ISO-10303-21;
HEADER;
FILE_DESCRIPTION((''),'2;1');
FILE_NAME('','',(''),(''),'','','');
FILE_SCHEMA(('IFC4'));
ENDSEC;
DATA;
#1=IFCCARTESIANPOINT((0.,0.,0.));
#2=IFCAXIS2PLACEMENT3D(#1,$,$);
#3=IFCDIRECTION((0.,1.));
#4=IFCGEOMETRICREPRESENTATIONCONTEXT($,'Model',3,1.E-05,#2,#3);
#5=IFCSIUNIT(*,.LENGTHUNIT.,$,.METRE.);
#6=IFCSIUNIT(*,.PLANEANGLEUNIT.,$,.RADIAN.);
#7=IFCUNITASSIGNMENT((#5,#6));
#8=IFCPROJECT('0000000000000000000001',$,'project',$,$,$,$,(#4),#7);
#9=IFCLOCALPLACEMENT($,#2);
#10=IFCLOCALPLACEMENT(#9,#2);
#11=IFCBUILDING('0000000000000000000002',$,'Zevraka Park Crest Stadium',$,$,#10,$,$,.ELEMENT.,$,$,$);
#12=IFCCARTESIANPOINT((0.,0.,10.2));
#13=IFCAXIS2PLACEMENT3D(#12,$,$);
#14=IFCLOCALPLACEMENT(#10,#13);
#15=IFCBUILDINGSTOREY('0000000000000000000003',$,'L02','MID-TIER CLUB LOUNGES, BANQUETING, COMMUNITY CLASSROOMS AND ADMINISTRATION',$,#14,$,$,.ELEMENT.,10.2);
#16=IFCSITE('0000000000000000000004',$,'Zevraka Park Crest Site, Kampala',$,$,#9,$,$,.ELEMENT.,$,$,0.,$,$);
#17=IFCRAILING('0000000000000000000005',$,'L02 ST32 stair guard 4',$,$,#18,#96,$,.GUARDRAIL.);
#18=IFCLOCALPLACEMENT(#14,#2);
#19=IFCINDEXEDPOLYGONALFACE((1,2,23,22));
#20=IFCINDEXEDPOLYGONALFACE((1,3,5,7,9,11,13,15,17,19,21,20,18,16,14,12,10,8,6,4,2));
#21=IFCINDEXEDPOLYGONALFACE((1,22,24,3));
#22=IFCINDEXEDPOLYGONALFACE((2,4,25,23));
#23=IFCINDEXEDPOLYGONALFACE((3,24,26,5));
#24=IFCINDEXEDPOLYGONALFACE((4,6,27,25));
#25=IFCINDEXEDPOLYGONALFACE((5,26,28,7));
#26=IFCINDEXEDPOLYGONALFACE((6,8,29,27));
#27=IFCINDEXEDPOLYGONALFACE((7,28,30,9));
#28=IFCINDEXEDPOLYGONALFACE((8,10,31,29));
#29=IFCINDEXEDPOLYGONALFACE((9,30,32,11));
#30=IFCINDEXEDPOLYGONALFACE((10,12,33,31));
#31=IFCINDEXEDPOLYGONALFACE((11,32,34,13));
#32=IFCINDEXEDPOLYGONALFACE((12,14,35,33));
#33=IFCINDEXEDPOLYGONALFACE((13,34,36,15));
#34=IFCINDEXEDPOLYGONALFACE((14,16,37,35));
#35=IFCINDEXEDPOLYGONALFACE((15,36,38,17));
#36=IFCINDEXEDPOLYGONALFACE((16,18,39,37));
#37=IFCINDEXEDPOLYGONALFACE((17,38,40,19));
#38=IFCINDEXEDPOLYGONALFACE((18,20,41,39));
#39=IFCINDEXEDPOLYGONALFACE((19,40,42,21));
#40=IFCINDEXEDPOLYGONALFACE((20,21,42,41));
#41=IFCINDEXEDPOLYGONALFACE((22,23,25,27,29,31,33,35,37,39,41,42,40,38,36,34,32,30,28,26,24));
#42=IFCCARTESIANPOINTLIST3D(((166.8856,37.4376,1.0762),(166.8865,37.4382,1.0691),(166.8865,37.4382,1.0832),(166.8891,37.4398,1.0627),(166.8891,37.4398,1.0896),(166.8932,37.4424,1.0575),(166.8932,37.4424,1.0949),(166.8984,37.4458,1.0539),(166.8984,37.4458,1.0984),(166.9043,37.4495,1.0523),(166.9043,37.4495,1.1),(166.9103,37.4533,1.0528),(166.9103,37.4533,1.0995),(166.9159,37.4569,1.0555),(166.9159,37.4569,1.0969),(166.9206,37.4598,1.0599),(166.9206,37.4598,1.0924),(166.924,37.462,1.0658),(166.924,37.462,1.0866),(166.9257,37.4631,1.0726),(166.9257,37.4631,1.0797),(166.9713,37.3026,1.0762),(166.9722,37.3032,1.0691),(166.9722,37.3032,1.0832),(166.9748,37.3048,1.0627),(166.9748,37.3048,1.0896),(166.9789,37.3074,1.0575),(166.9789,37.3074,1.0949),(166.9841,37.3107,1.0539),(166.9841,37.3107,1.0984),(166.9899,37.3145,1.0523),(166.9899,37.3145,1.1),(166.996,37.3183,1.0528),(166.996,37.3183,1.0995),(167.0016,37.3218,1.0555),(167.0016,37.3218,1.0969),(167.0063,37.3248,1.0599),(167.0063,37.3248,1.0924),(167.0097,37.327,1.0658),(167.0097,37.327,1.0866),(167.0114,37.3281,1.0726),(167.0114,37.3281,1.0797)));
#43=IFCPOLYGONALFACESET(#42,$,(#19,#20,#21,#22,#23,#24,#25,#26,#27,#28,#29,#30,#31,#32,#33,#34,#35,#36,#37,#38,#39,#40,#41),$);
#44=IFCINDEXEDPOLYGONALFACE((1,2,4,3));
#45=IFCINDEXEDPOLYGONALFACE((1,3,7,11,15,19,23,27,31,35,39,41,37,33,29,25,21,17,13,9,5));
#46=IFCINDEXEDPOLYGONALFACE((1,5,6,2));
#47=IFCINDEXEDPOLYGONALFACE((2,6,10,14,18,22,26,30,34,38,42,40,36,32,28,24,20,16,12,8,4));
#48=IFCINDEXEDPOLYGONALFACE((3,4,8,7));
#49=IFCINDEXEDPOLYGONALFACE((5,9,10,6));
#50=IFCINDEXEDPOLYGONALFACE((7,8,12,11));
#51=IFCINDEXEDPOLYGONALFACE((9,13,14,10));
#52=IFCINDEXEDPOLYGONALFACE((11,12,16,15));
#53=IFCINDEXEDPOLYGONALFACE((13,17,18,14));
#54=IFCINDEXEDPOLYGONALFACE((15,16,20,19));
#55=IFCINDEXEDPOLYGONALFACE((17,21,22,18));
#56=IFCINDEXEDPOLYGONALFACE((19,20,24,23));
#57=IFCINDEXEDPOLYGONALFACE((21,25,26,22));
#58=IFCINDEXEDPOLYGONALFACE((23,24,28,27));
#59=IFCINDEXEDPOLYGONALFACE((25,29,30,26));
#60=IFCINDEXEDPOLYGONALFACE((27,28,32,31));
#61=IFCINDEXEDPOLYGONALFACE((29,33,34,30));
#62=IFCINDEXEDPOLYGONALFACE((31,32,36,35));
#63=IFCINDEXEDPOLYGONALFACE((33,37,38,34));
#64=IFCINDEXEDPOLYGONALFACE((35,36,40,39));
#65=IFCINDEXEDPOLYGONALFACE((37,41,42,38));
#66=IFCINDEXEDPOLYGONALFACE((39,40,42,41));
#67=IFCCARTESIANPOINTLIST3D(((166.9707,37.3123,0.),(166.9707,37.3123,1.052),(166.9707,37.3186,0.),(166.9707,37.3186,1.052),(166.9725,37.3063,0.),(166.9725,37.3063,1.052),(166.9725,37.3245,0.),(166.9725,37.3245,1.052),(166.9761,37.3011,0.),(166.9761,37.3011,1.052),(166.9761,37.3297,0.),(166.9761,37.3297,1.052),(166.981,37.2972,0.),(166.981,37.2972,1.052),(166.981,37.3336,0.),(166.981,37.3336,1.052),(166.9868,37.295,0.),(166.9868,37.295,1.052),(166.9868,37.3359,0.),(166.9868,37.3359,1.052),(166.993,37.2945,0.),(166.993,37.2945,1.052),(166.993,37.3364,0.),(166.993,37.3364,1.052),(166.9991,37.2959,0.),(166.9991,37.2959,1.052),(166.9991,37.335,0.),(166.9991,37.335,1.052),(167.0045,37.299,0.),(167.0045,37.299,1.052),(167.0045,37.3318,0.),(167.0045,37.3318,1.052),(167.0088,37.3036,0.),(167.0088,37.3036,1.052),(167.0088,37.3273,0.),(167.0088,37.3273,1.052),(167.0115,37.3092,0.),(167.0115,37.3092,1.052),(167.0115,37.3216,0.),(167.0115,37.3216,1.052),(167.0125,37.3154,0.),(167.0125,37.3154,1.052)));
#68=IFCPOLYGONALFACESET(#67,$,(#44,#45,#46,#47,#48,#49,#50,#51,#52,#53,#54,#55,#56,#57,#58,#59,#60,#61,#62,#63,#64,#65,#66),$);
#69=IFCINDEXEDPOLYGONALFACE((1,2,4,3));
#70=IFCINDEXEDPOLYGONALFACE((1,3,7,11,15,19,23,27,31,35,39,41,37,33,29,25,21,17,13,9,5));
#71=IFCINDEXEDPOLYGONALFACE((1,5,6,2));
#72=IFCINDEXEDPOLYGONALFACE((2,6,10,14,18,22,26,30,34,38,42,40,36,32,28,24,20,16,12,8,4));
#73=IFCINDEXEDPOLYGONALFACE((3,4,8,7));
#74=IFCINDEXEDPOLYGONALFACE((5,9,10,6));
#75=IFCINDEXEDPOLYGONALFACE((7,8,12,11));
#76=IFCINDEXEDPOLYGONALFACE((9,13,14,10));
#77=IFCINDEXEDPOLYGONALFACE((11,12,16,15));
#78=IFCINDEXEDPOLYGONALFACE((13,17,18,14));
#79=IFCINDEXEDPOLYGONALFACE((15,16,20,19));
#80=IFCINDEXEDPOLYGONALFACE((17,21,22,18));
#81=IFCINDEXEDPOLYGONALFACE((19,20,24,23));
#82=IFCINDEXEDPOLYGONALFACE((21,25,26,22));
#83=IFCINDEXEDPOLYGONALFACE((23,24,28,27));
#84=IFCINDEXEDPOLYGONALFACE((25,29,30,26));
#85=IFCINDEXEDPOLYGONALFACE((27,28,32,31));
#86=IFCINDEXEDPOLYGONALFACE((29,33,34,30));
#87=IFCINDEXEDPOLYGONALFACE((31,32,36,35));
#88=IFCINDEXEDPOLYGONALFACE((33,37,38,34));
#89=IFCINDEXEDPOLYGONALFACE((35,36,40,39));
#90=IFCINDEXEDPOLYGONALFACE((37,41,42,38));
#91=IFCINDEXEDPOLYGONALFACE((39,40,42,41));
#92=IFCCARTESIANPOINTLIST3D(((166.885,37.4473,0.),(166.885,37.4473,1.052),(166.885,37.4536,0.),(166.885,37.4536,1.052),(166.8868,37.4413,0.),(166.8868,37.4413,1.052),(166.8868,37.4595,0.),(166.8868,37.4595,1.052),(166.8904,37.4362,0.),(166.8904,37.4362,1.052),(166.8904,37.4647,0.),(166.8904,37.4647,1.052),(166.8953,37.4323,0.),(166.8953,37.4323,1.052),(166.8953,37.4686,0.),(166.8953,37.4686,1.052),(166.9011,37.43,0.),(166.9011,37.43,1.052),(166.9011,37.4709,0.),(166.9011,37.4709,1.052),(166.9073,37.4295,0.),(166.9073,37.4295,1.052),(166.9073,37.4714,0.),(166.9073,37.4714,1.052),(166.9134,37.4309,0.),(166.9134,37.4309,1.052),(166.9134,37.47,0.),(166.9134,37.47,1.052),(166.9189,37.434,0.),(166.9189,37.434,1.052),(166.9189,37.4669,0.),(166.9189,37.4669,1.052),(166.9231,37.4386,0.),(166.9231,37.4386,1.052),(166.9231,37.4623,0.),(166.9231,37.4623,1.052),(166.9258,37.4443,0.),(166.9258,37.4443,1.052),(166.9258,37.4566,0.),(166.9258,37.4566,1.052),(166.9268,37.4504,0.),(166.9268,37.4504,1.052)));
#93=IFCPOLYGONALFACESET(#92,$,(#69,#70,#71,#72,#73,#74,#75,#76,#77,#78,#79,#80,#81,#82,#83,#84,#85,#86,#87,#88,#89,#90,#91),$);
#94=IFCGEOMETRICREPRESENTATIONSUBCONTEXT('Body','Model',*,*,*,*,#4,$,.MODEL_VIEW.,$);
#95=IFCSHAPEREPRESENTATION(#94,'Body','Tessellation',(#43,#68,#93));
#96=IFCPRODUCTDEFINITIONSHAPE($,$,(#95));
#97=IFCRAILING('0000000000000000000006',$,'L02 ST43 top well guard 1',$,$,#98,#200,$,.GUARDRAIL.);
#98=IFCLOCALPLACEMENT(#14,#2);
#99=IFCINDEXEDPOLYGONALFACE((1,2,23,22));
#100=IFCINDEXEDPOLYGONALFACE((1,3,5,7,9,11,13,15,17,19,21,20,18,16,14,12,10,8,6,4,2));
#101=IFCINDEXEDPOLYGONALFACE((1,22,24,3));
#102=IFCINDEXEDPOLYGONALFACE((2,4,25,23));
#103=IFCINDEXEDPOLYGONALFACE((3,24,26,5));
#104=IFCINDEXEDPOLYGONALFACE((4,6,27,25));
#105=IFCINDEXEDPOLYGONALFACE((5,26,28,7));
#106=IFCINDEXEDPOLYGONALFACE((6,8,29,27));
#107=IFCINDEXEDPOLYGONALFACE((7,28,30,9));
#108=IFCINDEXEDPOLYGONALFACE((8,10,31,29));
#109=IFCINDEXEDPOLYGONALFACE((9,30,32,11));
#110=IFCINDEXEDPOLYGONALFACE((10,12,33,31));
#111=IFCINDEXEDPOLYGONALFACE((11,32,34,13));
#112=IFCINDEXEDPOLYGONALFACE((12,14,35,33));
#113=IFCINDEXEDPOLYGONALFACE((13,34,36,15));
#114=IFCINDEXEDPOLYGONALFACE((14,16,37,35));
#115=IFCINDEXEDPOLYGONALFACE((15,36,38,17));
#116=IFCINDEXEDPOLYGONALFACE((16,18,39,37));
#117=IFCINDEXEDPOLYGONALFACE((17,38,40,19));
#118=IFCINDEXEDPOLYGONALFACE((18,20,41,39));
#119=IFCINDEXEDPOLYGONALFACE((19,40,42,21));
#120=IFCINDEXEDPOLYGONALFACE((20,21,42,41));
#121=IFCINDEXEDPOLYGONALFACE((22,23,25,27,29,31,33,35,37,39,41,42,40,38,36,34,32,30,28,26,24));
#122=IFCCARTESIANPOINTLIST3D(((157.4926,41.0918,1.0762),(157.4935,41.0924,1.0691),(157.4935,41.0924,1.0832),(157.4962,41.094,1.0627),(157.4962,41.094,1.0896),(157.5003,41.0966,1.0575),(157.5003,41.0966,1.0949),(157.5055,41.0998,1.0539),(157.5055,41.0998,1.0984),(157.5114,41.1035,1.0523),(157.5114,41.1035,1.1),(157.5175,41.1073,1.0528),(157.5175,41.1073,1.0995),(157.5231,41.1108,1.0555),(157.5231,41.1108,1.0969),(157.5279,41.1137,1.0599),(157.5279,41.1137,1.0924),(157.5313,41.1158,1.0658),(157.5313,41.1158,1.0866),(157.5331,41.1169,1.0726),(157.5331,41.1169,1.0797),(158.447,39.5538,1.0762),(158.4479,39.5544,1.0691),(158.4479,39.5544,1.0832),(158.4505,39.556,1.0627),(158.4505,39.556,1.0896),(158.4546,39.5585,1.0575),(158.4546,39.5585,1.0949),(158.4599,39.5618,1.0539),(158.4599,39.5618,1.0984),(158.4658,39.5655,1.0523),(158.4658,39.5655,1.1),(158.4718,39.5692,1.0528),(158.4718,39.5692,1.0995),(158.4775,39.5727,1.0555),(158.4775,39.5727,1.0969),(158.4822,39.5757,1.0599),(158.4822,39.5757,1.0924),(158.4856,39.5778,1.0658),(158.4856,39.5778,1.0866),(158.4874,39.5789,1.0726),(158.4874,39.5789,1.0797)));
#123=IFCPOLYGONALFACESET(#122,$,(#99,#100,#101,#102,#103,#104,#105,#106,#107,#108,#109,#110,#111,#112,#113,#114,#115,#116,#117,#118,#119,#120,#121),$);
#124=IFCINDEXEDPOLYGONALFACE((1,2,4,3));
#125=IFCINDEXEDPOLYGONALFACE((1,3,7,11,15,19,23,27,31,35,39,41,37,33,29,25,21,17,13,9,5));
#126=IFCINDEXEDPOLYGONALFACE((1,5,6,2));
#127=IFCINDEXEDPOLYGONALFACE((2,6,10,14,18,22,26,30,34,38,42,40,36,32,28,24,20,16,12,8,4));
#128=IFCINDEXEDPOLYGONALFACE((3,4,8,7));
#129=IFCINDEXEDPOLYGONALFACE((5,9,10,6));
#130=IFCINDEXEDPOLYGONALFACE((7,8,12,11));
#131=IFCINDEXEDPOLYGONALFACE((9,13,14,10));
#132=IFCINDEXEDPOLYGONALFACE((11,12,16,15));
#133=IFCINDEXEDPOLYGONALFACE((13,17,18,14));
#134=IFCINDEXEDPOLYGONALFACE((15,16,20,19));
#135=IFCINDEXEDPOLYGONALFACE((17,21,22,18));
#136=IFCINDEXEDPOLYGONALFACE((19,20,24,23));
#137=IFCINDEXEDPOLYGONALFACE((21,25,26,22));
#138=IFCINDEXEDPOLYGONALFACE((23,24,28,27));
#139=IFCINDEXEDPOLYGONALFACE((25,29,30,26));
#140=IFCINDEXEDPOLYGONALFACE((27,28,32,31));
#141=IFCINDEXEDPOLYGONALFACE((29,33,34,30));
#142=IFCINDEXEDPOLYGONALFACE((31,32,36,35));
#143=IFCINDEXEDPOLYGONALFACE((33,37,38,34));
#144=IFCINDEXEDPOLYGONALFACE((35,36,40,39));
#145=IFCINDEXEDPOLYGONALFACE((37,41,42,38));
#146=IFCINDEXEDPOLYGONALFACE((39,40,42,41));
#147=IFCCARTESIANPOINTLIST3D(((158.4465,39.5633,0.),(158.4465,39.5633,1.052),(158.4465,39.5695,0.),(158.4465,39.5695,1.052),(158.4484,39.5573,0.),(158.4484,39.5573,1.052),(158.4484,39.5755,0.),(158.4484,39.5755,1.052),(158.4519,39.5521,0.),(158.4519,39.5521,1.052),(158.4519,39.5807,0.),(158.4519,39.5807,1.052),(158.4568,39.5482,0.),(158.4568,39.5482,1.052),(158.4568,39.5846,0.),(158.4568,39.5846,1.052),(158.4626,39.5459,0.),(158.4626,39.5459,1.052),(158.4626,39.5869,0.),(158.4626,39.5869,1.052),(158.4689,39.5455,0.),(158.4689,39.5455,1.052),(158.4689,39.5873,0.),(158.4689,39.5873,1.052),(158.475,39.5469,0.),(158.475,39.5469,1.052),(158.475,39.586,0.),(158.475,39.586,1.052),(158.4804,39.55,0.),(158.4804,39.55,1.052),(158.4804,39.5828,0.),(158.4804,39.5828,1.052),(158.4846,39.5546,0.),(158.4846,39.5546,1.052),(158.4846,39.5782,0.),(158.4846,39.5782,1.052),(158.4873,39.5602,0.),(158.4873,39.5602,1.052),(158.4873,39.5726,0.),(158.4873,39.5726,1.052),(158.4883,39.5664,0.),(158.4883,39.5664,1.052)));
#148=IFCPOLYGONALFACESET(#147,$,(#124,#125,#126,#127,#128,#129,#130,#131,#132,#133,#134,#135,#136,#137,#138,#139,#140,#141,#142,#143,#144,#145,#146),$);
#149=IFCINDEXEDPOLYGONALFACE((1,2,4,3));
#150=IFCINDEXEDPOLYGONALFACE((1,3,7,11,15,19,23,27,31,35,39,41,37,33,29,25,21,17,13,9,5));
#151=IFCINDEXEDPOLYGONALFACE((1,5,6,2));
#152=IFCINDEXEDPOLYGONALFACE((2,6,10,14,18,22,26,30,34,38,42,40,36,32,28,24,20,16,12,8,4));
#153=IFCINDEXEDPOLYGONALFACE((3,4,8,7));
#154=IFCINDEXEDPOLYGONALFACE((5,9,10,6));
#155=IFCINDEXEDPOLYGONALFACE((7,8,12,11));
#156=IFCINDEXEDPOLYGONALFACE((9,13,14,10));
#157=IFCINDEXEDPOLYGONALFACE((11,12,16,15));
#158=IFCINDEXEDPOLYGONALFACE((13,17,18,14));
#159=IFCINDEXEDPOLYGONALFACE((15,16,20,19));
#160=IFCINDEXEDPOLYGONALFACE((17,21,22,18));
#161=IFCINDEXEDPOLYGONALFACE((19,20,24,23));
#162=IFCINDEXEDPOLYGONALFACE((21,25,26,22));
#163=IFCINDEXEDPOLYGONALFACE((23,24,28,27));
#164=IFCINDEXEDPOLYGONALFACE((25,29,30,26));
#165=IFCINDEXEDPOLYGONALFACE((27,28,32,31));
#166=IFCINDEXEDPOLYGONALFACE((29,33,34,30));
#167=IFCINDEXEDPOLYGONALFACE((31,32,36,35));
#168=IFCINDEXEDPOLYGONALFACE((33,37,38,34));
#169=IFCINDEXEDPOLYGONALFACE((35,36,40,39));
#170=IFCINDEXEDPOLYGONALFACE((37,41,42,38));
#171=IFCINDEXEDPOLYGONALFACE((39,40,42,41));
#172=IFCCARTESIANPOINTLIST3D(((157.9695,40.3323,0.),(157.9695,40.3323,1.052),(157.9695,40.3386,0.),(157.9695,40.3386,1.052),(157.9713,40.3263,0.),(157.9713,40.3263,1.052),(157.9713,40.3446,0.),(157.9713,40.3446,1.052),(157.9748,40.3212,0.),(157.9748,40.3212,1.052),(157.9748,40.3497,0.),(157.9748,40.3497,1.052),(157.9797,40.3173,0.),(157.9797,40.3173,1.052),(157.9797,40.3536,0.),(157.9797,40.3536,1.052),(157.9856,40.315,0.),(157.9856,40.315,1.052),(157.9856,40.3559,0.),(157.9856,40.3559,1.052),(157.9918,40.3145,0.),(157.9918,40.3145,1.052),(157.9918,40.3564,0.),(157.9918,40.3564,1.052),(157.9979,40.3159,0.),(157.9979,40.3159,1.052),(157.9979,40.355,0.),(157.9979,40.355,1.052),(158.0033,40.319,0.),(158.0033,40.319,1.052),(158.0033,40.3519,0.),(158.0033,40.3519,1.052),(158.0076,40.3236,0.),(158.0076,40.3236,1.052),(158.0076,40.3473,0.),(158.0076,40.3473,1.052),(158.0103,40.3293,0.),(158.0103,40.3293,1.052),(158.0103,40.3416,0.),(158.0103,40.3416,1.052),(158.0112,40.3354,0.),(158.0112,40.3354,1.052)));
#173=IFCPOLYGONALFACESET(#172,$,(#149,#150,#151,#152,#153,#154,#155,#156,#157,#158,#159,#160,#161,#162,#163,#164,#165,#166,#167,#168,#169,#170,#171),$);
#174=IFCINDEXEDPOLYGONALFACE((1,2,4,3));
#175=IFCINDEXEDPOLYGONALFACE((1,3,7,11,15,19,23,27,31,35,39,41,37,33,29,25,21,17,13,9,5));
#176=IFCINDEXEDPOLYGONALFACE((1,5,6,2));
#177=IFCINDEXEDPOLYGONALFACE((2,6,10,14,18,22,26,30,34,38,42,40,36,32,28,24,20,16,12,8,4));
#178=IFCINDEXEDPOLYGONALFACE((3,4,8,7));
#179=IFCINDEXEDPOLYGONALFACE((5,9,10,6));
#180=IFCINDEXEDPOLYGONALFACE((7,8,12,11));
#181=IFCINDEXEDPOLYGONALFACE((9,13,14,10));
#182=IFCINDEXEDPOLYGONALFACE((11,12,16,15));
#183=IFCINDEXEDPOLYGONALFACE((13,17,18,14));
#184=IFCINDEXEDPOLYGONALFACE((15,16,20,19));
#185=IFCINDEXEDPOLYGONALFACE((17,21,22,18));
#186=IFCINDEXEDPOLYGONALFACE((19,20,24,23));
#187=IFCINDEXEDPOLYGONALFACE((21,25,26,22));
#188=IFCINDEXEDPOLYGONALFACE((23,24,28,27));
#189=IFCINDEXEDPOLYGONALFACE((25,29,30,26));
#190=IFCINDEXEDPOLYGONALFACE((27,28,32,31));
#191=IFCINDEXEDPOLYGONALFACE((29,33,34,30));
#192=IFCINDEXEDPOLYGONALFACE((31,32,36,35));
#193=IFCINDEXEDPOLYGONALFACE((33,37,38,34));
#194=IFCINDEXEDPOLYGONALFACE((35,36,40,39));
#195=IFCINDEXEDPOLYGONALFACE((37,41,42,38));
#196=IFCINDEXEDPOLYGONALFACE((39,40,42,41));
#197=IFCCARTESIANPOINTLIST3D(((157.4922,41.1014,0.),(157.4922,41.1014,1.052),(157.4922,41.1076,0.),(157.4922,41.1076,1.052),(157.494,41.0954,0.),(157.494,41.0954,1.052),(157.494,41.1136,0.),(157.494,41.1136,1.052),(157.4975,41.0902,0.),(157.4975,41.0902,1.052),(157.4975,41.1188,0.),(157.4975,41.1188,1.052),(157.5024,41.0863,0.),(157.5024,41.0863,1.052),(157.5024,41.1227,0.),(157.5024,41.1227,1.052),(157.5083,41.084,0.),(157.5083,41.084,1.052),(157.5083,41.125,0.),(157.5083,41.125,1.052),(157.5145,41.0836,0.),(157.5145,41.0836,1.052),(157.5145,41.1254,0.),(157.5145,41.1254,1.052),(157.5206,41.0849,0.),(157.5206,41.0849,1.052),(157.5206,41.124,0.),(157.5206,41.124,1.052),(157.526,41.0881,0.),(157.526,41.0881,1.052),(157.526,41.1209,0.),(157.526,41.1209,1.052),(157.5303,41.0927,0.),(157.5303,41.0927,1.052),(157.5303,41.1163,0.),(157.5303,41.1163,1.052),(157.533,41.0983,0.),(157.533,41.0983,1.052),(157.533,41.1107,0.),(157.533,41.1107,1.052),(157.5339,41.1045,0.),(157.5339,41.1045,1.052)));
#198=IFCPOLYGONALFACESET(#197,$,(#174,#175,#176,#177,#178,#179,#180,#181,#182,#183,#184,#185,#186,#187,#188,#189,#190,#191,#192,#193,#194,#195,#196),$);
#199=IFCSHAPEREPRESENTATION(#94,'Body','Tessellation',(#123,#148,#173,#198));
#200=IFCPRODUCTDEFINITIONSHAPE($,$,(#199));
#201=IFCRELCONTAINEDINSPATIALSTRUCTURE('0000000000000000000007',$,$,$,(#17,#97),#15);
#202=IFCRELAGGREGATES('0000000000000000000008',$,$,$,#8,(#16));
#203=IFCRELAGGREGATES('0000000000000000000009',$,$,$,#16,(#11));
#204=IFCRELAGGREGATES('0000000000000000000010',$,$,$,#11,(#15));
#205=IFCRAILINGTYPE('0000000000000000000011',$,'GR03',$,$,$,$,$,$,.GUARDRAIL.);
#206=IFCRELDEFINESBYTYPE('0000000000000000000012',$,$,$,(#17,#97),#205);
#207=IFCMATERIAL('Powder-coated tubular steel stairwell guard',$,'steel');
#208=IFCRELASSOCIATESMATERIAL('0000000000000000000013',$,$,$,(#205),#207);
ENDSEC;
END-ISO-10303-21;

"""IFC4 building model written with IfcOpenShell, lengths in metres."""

from ifc_helpers import new_model, si_unit, direction, frame, origin, origin_2d, place, context, subcontext, project, spatial, circle, extrude, material, type_object, element, save


model = new_model("IFC4")

# Units and contexts
model_context = context("Model", 3, precision=1e-05, world=origin(), true_north=direction((0.0, 1.0)))
body_context = subcontext(model_context, "Body", "Model", "MODEL_VIEW")
ifc_project = project(units=[si_unit("LENGTHUNIT", "METRE"), si_unit("PLANEANGLEUNIT", "RADIAN")], contexts=[model_context])

# Site, building, storey
site_placement = place(None, origin())
site = spatial("IfcSite", under=ifc_project, at=site_placement, Name="Zevraka Park Crest Site, Kampala", CompositionType="ELEMENT", RefElevation=0.0)
building_placement = place(site_placement, origin())
building = spatial("IfcBuilding", under=site, at=building_placement, Name="Zevraka Park Crest Stadium", CompositionType="ELEMENT")
storey_placement = place(building_placement, frame((0.0, 0.0, 10.2)))
storey = spatial("IfcBuildingStorey", under=building, at=storey_placement, Name="L02", Description="MID-TIER CLUB LOUNGES, BANQUETING, COMMUNITY CLASSROOMS AND ADMINISTRATION", CompositionType="ELEMENT", Elevation=10.2)

# Railings
ifc_material_1 = material(Name="Powder-coated tubular steel stairwell guard", Category="steel")
railing_type_1 = type_object("IfcRailingType", Name="GR03", PredefinedType="GUARDRAIL", material=ifc_material_1)
railing_1_placement = place(storey_placement, frame((166.9915, 37.3154, 0.0)))
element("IfcRailing", 1, at=railing_1_placement, inside=storey, type_object=railing_type_1, Name="L02 ST32 stair guard 4", PredefinedType="GUARDRAIL", context=body_context, shape_type="SweptSolid", body=[
    extrude(circle(Radius=0.0239, at=origin_2d()), frame((0.0, 0.0, 1.0762), z_axis=(-0.535887, 0.84429, 0.0), x_axis=(-0.84429, -0.535887, 0.0)), (0.0, 0.0, 1.0), 0.1599),
    extrude(circle(Radius=0.021, at=origin_2d()), origin(), (0.0, 0.0, 1.0), 1.052),
    extrude(circle(Radius=0.021, at=origin_2d()), frame((-0.0857, 0.135, 0.0)), (0.0, 0.0, 1.0), 1.052),
])
railing_2_placement = place(storey_placement, frame((158.4673, 39.5664, 0.0)))
element("IfcRailing", 2, at=railing_2_placement, inside=storey, type_object=railing_type_1, Name="L02 ST43 top well guard 1", PredefinedType="GUARDRAIL", context=body_context, shape_type="SweptSolid", body=[
    extrude(circle(Radius=0.0239, at=origin_2d()), frame((0.0, 0.0, 1.0762), z_axis=(-0.527232, 0.849721, 0.0), x_axis=(-0.849721, -0.527232, 0.0)), (0.0, 0.0, 1.0), 1.8101),
    extrude(circle(Radius=0.021, at=origin_2d()), origin(), (0.0, 0.0, 1.0), 1.052),
    extrude(circle(Radius=0.021, at=origin_2d()), frame((-0.4771, 0.769, 0.0)), (0.0, 0.0, 1.0), 1.052),
    extrude(circle(Radius=0.021, at=origin_2d()), frame((-0.9543, 1.5381, 0.0)), (0.0, 0.0, 1.0), 1.052),
])

save(model, "model.ifc")
